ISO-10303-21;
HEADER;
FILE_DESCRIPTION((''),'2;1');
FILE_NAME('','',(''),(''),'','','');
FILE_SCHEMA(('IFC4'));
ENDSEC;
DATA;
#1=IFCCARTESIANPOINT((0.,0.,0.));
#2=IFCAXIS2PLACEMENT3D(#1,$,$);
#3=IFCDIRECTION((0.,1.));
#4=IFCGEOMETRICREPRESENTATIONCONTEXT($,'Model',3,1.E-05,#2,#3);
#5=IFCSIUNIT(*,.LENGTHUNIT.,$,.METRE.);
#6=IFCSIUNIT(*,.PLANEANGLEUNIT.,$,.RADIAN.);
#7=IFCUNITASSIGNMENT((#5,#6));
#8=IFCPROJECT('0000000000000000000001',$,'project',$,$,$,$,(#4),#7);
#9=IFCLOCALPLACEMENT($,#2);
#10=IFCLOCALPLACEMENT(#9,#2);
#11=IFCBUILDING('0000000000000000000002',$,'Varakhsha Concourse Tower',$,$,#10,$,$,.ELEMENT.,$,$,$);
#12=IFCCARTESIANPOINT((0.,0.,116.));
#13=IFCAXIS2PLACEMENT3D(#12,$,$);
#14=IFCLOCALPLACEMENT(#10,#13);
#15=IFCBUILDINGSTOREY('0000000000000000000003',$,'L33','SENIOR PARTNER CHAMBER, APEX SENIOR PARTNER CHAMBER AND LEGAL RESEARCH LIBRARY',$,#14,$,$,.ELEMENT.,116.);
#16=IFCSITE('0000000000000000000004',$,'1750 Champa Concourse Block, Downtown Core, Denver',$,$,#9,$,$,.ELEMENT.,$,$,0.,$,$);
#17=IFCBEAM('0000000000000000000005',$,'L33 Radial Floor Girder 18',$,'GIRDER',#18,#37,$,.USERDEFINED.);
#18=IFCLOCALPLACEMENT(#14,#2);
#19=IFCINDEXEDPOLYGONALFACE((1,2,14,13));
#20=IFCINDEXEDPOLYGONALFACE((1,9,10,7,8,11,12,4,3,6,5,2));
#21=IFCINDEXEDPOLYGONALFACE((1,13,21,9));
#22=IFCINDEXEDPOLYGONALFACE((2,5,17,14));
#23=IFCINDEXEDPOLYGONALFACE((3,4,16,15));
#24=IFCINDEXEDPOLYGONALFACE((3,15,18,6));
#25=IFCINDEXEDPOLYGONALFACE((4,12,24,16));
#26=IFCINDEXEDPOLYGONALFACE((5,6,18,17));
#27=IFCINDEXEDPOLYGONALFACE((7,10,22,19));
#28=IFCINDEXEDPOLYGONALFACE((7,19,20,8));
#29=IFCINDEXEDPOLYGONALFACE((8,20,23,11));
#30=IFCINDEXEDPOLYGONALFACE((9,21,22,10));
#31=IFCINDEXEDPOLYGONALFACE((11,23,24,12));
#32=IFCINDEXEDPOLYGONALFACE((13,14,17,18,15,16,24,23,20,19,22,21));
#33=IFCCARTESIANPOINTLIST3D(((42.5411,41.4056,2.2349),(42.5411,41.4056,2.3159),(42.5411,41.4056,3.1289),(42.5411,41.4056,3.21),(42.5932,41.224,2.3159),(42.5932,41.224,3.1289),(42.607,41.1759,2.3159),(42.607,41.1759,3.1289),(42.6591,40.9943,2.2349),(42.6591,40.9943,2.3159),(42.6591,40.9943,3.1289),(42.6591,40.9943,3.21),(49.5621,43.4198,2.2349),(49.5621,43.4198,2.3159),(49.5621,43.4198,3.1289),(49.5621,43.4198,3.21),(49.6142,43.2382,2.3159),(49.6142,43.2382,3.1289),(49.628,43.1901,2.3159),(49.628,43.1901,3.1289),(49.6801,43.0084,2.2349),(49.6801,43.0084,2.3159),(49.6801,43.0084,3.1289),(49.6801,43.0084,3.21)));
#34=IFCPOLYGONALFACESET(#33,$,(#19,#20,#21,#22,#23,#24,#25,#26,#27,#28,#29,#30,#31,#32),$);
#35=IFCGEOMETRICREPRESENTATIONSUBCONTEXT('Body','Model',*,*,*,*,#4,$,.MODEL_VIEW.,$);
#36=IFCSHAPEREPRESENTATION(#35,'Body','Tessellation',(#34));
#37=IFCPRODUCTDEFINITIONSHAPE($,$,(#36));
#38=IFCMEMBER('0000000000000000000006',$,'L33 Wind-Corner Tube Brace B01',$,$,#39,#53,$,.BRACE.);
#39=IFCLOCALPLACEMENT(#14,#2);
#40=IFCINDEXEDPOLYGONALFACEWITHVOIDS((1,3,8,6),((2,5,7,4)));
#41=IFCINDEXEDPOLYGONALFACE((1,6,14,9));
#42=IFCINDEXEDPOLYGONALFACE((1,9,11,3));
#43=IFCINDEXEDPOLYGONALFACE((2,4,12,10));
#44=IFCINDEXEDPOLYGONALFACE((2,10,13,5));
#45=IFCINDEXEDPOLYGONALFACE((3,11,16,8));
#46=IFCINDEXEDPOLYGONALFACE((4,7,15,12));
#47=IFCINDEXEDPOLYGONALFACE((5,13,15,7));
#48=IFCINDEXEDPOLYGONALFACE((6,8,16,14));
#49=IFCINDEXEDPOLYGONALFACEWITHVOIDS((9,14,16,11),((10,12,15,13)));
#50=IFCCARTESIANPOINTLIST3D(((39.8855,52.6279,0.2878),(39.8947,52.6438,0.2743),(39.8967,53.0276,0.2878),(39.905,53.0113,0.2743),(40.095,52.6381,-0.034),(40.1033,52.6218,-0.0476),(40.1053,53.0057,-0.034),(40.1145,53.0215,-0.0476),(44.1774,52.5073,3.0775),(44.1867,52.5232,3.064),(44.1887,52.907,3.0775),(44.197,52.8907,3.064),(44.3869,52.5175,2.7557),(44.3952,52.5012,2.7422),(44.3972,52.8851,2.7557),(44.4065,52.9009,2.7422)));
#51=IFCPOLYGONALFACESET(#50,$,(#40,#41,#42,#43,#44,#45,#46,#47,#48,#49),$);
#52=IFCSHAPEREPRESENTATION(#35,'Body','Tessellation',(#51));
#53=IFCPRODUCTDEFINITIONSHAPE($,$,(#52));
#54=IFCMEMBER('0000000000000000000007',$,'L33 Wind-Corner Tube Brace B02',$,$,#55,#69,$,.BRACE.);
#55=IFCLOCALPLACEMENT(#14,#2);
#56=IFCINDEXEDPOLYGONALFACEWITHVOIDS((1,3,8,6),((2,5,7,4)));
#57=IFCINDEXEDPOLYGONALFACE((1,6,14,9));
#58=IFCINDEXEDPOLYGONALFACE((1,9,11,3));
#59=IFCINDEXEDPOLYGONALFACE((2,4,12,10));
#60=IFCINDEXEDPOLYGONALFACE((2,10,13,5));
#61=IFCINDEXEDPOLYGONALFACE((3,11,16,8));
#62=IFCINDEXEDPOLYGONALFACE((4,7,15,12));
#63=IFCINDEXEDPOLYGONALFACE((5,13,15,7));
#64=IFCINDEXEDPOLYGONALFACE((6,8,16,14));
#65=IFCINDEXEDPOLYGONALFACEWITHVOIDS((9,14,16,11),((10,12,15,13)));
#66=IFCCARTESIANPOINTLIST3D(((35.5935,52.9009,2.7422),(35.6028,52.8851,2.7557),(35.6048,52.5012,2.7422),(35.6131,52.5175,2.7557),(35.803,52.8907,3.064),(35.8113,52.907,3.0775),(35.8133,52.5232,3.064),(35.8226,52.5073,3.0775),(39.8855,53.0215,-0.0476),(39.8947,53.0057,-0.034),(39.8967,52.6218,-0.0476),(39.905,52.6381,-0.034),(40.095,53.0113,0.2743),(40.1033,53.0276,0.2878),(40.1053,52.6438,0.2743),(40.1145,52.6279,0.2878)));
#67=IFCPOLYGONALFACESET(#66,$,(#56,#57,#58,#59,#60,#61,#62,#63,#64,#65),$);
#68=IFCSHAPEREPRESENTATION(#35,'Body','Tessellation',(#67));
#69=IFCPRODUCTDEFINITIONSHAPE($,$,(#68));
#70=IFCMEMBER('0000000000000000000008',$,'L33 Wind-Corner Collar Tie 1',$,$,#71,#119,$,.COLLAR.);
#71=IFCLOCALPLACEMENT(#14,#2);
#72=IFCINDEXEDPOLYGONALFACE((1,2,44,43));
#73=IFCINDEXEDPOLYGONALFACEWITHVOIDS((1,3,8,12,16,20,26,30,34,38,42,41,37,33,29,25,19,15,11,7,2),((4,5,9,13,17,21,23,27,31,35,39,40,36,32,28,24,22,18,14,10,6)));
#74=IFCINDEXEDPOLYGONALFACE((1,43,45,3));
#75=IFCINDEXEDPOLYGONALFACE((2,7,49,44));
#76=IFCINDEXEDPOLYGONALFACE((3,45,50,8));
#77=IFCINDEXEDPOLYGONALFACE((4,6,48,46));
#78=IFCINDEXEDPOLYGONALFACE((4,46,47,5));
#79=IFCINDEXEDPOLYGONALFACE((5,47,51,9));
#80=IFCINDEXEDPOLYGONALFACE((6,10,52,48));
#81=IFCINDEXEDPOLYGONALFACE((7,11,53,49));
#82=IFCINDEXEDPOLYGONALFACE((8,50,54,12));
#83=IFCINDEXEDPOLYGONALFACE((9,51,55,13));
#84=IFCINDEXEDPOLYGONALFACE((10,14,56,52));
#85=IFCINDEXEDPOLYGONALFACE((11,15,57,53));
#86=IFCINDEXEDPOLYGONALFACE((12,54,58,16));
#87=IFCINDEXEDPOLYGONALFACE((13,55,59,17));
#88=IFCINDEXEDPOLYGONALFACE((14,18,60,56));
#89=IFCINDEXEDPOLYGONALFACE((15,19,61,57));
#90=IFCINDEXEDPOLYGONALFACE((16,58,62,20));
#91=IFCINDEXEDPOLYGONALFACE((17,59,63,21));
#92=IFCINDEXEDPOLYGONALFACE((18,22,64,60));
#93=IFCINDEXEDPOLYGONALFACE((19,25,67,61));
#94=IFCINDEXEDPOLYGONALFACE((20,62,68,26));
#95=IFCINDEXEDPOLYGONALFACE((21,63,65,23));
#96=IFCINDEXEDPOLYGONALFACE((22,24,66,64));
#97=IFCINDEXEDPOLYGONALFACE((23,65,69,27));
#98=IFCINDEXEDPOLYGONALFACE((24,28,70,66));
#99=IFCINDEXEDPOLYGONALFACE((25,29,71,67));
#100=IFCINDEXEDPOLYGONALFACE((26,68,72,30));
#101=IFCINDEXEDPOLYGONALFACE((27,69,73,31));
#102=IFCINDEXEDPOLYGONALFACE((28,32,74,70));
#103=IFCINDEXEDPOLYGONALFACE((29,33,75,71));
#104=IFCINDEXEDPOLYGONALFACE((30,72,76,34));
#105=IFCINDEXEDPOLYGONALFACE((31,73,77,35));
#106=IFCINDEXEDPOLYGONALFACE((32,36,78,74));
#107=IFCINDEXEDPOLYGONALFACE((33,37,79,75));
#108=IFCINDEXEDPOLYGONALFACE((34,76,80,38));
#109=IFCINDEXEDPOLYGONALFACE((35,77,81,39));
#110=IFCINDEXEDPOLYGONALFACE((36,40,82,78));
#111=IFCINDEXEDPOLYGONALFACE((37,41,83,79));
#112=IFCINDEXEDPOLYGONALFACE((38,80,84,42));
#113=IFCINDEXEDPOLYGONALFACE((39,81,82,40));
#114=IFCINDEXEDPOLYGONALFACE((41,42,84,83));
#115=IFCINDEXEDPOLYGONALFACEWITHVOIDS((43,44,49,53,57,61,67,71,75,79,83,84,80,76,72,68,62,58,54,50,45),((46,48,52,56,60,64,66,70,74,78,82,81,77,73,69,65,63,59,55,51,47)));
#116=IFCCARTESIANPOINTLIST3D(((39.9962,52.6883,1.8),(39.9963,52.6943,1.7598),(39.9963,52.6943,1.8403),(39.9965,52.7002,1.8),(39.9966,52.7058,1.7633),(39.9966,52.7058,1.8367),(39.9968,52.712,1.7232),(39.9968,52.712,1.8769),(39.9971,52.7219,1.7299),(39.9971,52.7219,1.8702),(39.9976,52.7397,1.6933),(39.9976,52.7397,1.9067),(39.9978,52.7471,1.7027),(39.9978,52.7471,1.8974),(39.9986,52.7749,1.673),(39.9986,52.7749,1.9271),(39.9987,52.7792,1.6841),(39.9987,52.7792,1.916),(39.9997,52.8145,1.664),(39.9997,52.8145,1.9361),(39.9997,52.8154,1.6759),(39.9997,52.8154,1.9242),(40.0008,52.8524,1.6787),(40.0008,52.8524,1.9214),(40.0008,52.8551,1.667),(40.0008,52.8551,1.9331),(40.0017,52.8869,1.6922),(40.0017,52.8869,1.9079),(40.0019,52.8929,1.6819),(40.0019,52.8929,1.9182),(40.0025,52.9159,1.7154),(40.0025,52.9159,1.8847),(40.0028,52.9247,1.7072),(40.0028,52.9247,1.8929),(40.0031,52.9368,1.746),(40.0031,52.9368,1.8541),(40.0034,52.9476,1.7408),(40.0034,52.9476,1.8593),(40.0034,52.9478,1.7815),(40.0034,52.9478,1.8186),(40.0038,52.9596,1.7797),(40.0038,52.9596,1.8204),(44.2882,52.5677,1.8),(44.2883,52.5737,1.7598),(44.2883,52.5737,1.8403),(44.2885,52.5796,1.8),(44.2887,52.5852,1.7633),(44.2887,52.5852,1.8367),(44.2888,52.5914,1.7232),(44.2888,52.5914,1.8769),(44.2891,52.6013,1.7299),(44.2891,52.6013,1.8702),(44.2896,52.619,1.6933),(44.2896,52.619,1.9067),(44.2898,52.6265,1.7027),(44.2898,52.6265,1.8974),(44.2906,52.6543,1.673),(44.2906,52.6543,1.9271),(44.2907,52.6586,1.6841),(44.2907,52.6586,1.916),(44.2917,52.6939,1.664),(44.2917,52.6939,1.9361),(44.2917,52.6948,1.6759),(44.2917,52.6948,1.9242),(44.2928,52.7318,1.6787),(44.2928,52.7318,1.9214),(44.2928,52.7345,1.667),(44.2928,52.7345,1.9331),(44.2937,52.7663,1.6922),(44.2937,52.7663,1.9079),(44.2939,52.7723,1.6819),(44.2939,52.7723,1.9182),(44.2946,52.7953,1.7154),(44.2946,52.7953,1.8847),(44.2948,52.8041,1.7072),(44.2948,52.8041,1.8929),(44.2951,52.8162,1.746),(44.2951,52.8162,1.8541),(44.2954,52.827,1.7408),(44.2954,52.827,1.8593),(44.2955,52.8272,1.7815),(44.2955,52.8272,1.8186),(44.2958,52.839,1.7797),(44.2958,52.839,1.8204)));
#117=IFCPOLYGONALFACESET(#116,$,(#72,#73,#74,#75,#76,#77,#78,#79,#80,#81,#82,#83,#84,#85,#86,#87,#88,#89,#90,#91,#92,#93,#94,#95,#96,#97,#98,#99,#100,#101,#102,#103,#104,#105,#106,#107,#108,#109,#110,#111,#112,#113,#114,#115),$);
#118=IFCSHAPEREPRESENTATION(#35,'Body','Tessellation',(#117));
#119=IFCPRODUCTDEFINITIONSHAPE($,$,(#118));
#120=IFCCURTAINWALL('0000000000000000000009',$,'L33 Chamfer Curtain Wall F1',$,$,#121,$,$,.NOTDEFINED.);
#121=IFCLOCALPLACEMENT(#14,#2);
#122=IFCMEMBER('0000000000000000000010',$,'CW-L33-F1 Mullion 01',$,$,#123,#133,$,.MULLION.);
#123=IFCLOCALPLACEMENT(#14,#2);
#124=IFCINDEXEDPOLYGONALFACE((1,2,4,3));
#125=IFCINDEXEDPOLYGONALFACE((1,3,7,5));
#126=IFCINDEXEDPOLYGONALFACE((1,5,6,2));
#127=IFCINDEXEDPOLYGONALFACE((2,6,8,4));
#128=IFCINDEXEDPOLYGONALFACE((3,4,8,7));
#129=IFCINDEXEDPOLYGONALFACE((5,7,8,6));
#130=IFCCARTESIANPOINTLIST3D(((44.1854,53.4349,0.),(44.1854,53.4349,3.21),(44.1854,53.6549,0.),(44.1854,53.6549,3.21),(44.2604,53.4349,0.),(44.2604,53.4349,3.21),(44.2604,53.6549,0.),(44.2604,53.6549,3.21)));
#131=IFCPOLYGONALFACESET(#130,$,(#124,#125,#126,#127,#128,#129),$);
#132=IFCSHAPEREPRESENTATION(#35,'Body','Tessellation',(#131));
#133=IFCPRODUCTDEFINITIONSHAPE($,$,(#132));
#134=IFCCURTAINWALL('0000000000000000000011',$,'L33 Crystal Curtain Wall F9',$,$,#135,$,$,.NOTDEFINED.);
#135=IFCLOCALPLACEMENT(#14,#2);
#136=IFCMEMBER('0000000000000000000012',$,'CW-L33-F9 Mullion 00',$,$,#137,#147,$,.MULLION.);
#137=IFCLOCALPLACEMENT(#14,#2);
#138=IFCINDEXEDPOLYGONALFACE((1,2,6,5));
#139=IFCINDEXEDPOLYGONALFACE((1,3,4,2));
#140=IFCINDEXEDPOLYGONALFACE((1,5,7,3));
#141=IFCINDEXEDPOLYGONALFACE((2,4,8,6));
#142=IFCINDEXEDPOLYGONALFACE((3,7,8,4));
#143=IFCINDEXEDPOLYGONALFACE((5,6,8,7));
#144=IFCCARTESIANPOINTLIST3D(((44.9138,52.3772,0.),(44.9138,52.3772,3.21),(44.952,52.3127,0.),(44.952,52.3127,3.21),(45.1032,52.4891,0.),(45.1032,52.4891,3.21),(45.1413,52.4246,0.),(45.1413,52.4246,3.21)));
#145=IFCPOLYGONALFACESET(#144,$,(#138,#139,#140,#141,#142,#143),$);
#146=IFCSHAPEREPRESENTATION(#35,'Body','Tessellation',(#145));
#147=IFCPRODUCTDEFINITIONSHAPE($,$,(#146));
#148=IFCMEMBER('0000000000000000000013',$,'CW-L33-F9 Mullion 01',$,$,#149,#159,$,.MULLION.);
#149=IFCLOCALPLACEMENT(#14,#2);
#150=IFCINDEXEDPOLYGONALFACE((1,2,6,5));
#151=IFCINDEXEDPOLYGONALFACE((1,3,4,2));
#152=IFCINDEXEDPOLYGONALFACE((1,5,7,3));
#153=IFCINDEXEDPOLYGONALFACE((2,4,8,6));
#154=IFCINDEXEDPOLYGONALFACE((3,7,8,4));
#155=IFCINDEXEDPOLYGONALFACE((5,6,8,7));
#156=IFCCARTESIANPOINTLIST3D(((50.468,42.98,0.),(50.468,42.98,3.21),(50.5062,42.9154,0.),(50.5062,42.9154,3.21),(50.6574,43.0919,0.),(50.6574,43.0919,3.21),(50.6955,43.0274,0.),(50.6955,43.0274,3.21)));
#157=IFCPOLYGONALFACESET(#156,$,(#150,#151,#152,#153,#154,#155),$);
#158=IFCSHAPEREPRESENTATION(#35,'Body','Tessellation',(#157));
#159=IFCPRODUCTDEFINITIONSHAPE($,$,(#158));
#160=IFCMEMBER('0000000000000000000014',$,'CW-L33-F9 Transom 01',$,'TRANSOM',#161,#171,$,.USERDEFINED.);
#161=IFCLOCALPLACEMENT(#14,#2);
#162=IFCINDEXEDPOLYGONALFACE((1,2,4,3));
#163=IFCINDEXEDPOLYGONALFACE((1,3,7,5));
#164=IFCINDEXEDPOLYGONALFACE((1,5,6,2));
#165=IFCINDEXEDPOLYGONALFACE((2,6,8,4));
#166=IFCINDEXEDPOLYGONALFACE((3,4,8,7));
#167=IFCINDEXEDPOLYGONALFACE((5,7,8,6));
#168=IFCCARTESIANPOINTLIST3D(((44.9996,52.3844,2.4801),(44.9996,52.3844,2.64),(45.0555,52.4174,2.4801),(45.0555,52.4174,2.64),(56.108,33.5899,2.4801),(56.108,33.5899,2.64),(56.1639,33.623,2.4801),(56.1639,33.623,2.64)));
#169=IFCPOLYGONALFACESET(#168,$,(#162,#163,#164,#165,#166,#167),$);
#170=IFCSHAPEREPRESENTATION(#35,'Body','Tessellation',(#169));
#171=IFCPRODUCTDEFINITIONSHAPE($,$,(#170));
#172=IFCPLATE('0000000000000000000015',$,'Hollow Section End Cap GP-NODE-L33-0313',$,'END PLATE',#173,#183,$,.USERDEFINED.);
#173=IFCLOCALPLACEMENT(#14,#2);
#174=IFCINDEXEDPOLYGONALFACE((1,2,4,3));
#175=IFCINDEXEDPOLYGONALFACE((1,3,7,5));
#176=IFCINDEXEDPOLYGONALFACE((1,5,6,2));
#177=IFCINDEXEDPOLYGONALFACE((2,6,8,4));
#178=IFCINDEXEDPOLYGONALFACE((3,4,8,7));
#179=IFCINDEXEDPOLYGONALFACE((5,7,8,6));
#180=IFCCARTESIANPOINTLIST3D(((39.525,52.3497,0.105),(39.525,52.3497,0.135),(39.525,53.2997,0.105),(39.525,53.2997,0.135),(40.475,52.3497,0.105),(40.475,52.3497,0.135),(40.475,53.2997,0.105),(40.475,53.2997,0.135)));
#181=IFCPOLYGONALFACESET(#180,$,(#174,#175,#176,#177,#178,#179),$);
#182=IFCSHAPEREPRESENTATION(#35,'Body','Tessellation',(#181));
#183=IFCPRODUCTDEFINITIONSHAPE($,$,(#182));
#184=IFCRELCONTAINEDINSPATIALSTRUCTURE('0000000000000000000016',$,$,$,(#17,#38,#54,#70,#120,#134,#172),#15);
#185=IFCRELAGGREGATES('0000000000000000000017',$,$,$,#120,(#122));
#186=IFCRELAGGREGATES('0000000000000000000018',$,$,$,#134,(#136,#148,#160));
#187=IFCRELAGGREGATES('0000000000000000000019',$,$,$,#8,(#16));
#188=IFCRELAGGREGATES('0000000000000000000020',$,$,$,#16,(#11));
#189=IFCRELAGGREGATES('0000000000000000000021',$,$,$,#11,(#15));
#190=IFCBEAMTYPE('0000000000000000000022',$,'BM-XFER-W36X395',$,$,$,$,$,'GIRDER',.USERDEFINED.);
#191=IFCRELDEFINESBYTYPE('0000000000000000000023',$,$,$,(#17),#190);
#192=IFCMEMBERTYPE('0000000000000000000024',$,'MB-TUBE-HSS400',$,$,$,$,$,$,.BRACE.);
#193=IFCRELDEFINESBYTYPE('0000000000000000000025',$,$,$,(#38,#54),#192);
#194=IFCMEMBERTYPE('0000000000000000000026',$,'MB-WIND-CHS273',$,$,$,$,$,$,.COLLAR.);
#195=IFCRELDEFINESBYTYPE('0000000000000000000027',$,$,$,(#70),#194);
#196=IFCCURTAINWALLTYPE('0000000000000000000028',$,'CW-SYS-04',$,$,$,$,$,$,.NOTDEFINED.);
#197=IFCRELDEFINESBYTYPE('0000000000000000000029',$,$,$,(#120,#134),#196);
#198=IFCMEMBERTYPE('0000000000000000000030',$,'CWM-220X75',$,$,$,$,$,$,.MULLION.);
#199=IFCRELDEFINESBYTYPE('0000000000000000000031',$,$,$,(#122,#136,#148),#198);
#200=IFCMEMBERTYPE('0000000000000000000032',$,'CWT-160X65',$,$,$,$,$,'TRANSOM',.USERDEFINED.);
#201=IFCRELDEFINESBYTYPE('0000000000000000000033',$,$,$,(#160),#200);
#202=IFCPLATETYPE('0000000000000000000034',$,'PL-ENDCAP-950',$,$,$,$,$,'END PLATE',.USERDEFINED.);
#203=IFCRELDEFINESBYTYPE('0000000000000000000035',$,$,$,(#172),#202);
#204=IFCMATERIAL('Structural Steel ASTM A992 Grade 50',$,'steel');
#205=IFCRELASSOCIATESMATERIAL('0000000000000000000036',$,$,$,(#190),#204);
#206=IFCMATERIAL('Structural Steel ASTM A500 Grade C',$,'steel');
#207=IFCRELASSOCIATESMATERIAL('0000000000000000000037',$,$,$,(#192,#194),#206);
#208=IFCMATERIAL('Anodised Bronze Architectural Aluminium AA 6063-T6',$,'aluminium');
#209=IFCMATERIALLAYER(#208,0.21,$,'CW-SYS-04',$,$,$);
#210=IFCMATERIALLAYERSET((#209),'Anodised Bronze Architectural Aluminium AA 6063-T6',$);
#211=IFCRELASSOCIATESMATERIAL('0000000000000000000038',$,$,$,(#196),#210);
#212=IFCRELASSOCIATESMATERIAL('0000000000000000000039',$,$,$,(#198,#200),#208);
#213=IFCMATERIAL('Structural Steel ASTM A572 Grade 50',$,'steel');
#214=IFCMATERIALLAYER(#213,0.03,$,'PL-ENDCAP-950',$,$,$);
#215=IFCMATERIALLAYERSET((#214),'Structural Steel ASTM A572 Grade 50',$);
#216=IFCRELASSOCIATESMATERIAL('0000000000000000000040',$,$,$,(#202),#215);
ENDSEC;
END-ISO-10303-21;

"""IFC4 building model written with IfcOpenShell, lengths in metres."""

from ifc_helpers import new_model, si_unit, direction, frame, origin, origin_2d, place, context, subcontext, project, spatial, rectangle, hollow_rectangle, hollow_circle, i_section, extrude, source, transform, mapped, material, layer, layer_set, material_profile, profile_set, type_object, type_shapes, element, aggregate, save


model = new_model("IFC4")

# Units and contexts
model_context = context("Model", 3, precision=1e-05, world=origin(), true_north=direction((0.0, 1.0)))
body_context = subcontext(model_context, "Body", "Model", "MODEL_VIEW")
ifc_project = project(units=[si_unit("LENGTHUNIT", "METRE"), si_unit("PLANEANGLEUNIT", "RADIAN")], contexts=[model_context])

# Site, building, storey
site_placement = place(None, origin())
site = spatial("IfcSite", under=ifc_project, at=site_placement, Name="1750 Champa Concourse Block, Downtown Core, Denver", CompositionType="ELEMENT", RefElevation=0.0)
building_placement = place(site_placement, origin())
building = spatial("IfcBuilding", under=site, at=building_placement, Name="Varakhsha Concourse Tower", CompositionType="ELEMENT")
storey_placement = place(building_placement, frame((0.0, 0.0, 116.0)))
storey = spatial("IfcBuildingStorey", under=building, at=storey_placement, Name="L33", Description="SENIOR PARTNER CHAMBER, APEX SENIOR PARTNER CHAMBER AND LEGAL RESEARCH LIBRARY", CompositionType="ELEMENT", Elevation=116.0)

# Shared definitions
ifc_material_1 = material(Name="Structural Steel ASTM A992 Grade 50", Category="steel")
ifc_material_2 = material(Name="Structural Steel ASTM A572 Grade 50", Category="steel")

# Beam
ifc_material_profile_1 = material_profile(ifc_material_1, i_section(OverallWidth=0.428, OverallDepth=0.9751, WebThickness=0.05, FlangeThickness=0.0811, at=origin_2d()), Name="W36X395")
ifc_profile_set_1 = profile_set([ifc_material_profile_1], Name="Structural Steel ASTM A992 Grade 50")
beam_type_1 = type_object("IfcBeamType", Name="BM-XFER-W36X395", ElementType="GIRDER", PredefinedType="USERDEFINED", material=ifc_profile_set_1)
beam_1_placement = place(storey_placement, frame((42.6001, 41.2, 2.7224), z_axis=(0.961228, 0.275754, 0.0), x_axis=(-0.275754, 0.961228, 0.0)))
element("IfcBeam", 1, at=beam_1_placement, inside=storey, type_object=beam_type_1, Name="L33 Radial Floor Girder 18", ObjectType="GIRDER", PredefinedType="USERDEFINED", context=body_context, shape_type="SweptSolid", body=[
    extrude(i_section(OverallWidth=0.428, OverallDepth=0.9751, WebThickness=0.05, FlangeThickness=0.0811, at=origin_2d()), origin(), (0.0, 0.0, 1.0), 7.3042),
])

# Members
ifc_material_3 = material(Name="Structural Steel ASTM A500 Grade C", Category="steel")
ifc_material_profile_2 = material_profile(ifc_material_3, hollow_rectangle(XDim=0.3999, YDim=0.3999, WallThickness=0.0161, at=origin_2d()), Name="HSS 400x400x16")
ifc_profile_set_2 = profile_set([ifc_material_profile_2], Name="Structural Steel ASTM A500 Grade C")
member_type_1 = type_object("IfcMemberType", Name="MB-TUBE-HSS400", PredefinedType="BRACE", material=ifc_profile_set_2)
shared_shape_1 = source(origin(), body_context, "Body", "SweptSolid", [
    extrude(hollow_rectangle(XDim=0.3999, YDim=0.3999, WallThickness=0.0161, at=origin_2d()), origin(), (0.0, 0.0, 1.0), 5.1204),
])
type_shapes(member_type_1, [shared_shape_1])
for number, where, z_axis, x_axis, name in (
    (2, (40.0, 52.8247, 0.1201), (0.838211, -0.023554, 0.544837), (0.028089, 0.999605, 0.0), "L33 Wind-Corner Tube Brace B01"),
    (3, (40.0, 52.8247, 0.1201), (-0.838211, -0.023554, 0.544837), (0.028089, -0.999605, 0.0), "L33 Wind-Corner Tube Brace B02"),
):
    element("IfcMember", number, at=place(storey_placement, frame(where, z_axis=z_axis, x_axis=x_axis)), inside=storey, type_object=member_type_1, Name=name, PredefinedType="BRACE", context=body_context, shape_type="MappedRepresentation", body=[
        mapped(shared_shape_1, transform((0.0, 0.0, 0.0), scale=1.0)),
    ])
ifc_material_profile_3 = material_profile(ifc_material_3, hollow_circle(Radius=0.1365, WallThickness=0.012, at=origin_2d()), Name="CHS 273x12")
ifc_profile_set_3 = profile_set([ifc_material_profile_3], Name="Structural Steel ASTM A500 Grade C")
member_type_2 = type_object("IfcMemberType", Name="MB-WIND-CHS273", PredefinedType="COLLAR", material=ifc_profile_set_3)
shared_shape_2 = source(origin(), body_context, "Body", "SweptSolid", [
    extrude(hollow_circle(Radius=0.1365, WallThickness=0.012, at=origin_2d()), origin(), (0.0, 0.0, 1.0), 4.2937),
])
type_shapes(member_type_2, [shared_shape_2])
member_1_placement = place(storey_placement, frame((44.292, 52.7041, 1.8), z_axis=(-0.999605, 0.028089, 0.0), x_axis=(-0.028089, -0.999605, 0.0)))
element("IfcMember", 4, at=member_1_placement, inside=storey, type_object=member_type_2, Name="L33 Wind-Corner Collar Tie 1", PredefinedType="COLLAR", context=body_context, shape_type="MappedRepresentation", body=[
    mapped(shared_shape_2, transform((0.0, 0.0, 0.0), scale=1.0)),
])

# Curtain wall, member
ifc_material_4 = material(Name="Anodised Bronze Architectural Aluminium AA 6063-T6", Category="aluminium")
ifc_layer_1 = layer(ifc_material_4, 0.21, Name="CW-SYS-04")
ifc_layer_set_1 = layer_set([ifc_layer_1], Name="Anodised Bronze Architectural Aluminium AA 6063-T6")
curtain_wall_type = type_object("IfcCurtainWallType", Name="CW-SYS-04", PredefinedType="NOTDEFINED", material=ifc_layer_set_1)
curtain_wall_1_placement = place(storey_placement, origin())
curtain_wall_1 = element("IfcCurtainWall", 5, at=curtain_wall_1_placement, inside=storey, type_object=curtain_wall_type, Name="L33 Chamfer Curtain Wall F1", PredefinedType="NOTDEFINED")
ifc_material_profile_4 = material_profile(ifc_material_4, rectangle(XDim=0.075, YDim=0.22, at=origin_2d()), Name="CWM-220X75")
ifc_profile_set_4 = profile_set([ifc_material_profile_4], Name="Anodised Bronze Architectural Aluminium AA 6063-T6")
member_type_3 = type_object("IfcMemberType", Name="CWM-220X75", PredefinedType="MULLION", material=ifc_profile_set_4)
shared_shape_3 = source(origin(), body_context, "Body", "SweptSolid", [
    extrude(rectangle(XDim=0.075, YDim=0.22, at=origin_2d()), origin(), (0.0, 0.0, 1.0), 3.21),
])
type_shapes(member_type_3, [shared_shape_3])
member_2_placement = place(storey_placement, frame((44.2229, 53.5449, 0.0), z_axis=(0.0, 0.0, 1.0), x_axis=(1.0, 0.0, 0.0)))
member_2 = element("IfcMember", 6, at=member_2_placement, type_object=member_type_3, Name="CW-L33-F1 Mullion 01", PredefinedType="MULLION", context=body_context, shape_type="MappedRepresentation", body=[
    mapped(shared_shape_3, transform((0.0, 0.0, 0.0), scale=1.0)),
])

# Curtain wall, members
curtain_wall_2_placement = place(storey_placement, origin())
curtain_wall_2 = element("IfcCurtainWall", 7, at=curtain_wall_2_placement, inside=storey, type_object=curtain_wall_type, Name="L33 Crystal Curtain Wall F9", PredefinedType="NOTDEFINED")
member_3_placement = place(storey_placement, frame((45.0276, 52.4009, 0.0), z_axis=(0.0, 0.0, 1.0), x_axis=(0.508815, -0.860876, 0.0)))
member_3 = element("IfcMember", 8, at=member_3_placement, type_object=member_type_3, Name="CW-L33-F9 Mullion 00", PredefinedType="MULLION", context=body_context, shape_type="MappedRepresentation", body=[
    mapped(shared_shape_3, transform((0.0, 0.0, 0.0), scale=1.0)),
])
member_4_placement = place(storey_placement, frame((50.5818, 43.0037, 0.0), z_axis=(0.0, 0.0, 1.0), x_axis=(0.508815, -0.860876, 0.0)))
member_4 = element("IfcMember", 9, at=member_4_placement, type_object=member_type_3, Name="CW-L33-F9 Mullion 01", PredefinedType="MULLION", context=body_context, shape_type="MappedRepresentation", body=[
    mapped(shared_shape_3, transform((0.0, 0.0, 0.0), scale=1.0)),
])
ifc_material_profile_5 = material_profile(ifc_material_4, rectangle(XDim=0.0649, YDim=0.1599, at=origin_2d()), Name="CWT-160X65")
ifc_profile_set_5 = profile_set([ifc_material_profile_5], Name="Anodised Bronze Architectural Aluminium AA 6063-T6")
member_type_4 = type_object("IfcMemberType", Name="CWT-160X65", ElementType="TRANSOM", PredefinedType="USERDEFINED", material=ifc_profile_set_5)
shared_shape_4 = source(origin(), body_context, "Body", "SweptSolid", [
    extrude(rectangle(XDim=0.0649, YDim=0.1599, at=origin_2d()), origin(), (0.0, 0.0, 1.0), 21.8318),
])
type_shapes(member_type_4, [shared_shape_4])
member_5_placement = place(storey_placement, frame((45.0276, 52.4009, 2.5601), z_axis=(0.508817, -0.860874, 0.0), x_axis=(0.860874, 0.508817, 0.0)))
member_5 = element("IfcMember", 10, at=member_5_placement, type_object=member_type_4, Name="CW-L33-F9 Transom 01", ObjectType="TRANSOM", PredefinedType="USERDEFINED", context=body_context, shape_type="MappedRepresentation", body=[
    mapped(shared_shape_4, transform((0.0, 0.0, 0.0), scale=1.0)),
])

# Plate
ifc_layer_2 = layer(ifc_material_2, 0.03, Name="PL-ENDCAP-950")
ifc_layer_set_2 = layer_set([ifc_layer_2], Name="Structural Steel ASTM A572 Grade 50")
plate_type_1 = type_object("IfcPlateType", Name="PL-ENDCAP-950", ElementType="END PLATE", PredefinedType="USERDEFINED", material=ifc_layer_set_2)
shared_shape_5 = source(origin(), body_context, "Body", "SweptSolid", [
    extrude(rectangle(XDim=0.95, YDim=0.95, at=origin_2d()), origin(), (0.0, 0.0, 1.0), 0.03),
])
type_shapes(plate_type_1, [shared_shape_5])
for number, where, z_axis, x_axis, name in (
    (11, (40.0, 52.8247, 0.105), (0.0, 0.0, 1.0), (1.0, 0.0, 0.0), "Hollow Section End Cap GP-NODE-L33-0313"),
):
    element("IfcPlate", number, at=place(storey_placement, frame(where, z_axis=z_axis, x_axis=x_axis)), inside=storey, type_object=plate_type_1, Name=name, ObjectType="END PLATE", PredefinedType="USERDEFINED", context=body_context, shape_type="MappedRepresentation", body=[
        mapped(shared_shape_5, transform((0.0, 0.0, 0.0), scale=1.0)),
    ])

aggregate(curtain_wall_1, [member_2])
aggregate(curtain_wall_2, [member_3, member_4, member_5])

save(model, "model.ifc")
